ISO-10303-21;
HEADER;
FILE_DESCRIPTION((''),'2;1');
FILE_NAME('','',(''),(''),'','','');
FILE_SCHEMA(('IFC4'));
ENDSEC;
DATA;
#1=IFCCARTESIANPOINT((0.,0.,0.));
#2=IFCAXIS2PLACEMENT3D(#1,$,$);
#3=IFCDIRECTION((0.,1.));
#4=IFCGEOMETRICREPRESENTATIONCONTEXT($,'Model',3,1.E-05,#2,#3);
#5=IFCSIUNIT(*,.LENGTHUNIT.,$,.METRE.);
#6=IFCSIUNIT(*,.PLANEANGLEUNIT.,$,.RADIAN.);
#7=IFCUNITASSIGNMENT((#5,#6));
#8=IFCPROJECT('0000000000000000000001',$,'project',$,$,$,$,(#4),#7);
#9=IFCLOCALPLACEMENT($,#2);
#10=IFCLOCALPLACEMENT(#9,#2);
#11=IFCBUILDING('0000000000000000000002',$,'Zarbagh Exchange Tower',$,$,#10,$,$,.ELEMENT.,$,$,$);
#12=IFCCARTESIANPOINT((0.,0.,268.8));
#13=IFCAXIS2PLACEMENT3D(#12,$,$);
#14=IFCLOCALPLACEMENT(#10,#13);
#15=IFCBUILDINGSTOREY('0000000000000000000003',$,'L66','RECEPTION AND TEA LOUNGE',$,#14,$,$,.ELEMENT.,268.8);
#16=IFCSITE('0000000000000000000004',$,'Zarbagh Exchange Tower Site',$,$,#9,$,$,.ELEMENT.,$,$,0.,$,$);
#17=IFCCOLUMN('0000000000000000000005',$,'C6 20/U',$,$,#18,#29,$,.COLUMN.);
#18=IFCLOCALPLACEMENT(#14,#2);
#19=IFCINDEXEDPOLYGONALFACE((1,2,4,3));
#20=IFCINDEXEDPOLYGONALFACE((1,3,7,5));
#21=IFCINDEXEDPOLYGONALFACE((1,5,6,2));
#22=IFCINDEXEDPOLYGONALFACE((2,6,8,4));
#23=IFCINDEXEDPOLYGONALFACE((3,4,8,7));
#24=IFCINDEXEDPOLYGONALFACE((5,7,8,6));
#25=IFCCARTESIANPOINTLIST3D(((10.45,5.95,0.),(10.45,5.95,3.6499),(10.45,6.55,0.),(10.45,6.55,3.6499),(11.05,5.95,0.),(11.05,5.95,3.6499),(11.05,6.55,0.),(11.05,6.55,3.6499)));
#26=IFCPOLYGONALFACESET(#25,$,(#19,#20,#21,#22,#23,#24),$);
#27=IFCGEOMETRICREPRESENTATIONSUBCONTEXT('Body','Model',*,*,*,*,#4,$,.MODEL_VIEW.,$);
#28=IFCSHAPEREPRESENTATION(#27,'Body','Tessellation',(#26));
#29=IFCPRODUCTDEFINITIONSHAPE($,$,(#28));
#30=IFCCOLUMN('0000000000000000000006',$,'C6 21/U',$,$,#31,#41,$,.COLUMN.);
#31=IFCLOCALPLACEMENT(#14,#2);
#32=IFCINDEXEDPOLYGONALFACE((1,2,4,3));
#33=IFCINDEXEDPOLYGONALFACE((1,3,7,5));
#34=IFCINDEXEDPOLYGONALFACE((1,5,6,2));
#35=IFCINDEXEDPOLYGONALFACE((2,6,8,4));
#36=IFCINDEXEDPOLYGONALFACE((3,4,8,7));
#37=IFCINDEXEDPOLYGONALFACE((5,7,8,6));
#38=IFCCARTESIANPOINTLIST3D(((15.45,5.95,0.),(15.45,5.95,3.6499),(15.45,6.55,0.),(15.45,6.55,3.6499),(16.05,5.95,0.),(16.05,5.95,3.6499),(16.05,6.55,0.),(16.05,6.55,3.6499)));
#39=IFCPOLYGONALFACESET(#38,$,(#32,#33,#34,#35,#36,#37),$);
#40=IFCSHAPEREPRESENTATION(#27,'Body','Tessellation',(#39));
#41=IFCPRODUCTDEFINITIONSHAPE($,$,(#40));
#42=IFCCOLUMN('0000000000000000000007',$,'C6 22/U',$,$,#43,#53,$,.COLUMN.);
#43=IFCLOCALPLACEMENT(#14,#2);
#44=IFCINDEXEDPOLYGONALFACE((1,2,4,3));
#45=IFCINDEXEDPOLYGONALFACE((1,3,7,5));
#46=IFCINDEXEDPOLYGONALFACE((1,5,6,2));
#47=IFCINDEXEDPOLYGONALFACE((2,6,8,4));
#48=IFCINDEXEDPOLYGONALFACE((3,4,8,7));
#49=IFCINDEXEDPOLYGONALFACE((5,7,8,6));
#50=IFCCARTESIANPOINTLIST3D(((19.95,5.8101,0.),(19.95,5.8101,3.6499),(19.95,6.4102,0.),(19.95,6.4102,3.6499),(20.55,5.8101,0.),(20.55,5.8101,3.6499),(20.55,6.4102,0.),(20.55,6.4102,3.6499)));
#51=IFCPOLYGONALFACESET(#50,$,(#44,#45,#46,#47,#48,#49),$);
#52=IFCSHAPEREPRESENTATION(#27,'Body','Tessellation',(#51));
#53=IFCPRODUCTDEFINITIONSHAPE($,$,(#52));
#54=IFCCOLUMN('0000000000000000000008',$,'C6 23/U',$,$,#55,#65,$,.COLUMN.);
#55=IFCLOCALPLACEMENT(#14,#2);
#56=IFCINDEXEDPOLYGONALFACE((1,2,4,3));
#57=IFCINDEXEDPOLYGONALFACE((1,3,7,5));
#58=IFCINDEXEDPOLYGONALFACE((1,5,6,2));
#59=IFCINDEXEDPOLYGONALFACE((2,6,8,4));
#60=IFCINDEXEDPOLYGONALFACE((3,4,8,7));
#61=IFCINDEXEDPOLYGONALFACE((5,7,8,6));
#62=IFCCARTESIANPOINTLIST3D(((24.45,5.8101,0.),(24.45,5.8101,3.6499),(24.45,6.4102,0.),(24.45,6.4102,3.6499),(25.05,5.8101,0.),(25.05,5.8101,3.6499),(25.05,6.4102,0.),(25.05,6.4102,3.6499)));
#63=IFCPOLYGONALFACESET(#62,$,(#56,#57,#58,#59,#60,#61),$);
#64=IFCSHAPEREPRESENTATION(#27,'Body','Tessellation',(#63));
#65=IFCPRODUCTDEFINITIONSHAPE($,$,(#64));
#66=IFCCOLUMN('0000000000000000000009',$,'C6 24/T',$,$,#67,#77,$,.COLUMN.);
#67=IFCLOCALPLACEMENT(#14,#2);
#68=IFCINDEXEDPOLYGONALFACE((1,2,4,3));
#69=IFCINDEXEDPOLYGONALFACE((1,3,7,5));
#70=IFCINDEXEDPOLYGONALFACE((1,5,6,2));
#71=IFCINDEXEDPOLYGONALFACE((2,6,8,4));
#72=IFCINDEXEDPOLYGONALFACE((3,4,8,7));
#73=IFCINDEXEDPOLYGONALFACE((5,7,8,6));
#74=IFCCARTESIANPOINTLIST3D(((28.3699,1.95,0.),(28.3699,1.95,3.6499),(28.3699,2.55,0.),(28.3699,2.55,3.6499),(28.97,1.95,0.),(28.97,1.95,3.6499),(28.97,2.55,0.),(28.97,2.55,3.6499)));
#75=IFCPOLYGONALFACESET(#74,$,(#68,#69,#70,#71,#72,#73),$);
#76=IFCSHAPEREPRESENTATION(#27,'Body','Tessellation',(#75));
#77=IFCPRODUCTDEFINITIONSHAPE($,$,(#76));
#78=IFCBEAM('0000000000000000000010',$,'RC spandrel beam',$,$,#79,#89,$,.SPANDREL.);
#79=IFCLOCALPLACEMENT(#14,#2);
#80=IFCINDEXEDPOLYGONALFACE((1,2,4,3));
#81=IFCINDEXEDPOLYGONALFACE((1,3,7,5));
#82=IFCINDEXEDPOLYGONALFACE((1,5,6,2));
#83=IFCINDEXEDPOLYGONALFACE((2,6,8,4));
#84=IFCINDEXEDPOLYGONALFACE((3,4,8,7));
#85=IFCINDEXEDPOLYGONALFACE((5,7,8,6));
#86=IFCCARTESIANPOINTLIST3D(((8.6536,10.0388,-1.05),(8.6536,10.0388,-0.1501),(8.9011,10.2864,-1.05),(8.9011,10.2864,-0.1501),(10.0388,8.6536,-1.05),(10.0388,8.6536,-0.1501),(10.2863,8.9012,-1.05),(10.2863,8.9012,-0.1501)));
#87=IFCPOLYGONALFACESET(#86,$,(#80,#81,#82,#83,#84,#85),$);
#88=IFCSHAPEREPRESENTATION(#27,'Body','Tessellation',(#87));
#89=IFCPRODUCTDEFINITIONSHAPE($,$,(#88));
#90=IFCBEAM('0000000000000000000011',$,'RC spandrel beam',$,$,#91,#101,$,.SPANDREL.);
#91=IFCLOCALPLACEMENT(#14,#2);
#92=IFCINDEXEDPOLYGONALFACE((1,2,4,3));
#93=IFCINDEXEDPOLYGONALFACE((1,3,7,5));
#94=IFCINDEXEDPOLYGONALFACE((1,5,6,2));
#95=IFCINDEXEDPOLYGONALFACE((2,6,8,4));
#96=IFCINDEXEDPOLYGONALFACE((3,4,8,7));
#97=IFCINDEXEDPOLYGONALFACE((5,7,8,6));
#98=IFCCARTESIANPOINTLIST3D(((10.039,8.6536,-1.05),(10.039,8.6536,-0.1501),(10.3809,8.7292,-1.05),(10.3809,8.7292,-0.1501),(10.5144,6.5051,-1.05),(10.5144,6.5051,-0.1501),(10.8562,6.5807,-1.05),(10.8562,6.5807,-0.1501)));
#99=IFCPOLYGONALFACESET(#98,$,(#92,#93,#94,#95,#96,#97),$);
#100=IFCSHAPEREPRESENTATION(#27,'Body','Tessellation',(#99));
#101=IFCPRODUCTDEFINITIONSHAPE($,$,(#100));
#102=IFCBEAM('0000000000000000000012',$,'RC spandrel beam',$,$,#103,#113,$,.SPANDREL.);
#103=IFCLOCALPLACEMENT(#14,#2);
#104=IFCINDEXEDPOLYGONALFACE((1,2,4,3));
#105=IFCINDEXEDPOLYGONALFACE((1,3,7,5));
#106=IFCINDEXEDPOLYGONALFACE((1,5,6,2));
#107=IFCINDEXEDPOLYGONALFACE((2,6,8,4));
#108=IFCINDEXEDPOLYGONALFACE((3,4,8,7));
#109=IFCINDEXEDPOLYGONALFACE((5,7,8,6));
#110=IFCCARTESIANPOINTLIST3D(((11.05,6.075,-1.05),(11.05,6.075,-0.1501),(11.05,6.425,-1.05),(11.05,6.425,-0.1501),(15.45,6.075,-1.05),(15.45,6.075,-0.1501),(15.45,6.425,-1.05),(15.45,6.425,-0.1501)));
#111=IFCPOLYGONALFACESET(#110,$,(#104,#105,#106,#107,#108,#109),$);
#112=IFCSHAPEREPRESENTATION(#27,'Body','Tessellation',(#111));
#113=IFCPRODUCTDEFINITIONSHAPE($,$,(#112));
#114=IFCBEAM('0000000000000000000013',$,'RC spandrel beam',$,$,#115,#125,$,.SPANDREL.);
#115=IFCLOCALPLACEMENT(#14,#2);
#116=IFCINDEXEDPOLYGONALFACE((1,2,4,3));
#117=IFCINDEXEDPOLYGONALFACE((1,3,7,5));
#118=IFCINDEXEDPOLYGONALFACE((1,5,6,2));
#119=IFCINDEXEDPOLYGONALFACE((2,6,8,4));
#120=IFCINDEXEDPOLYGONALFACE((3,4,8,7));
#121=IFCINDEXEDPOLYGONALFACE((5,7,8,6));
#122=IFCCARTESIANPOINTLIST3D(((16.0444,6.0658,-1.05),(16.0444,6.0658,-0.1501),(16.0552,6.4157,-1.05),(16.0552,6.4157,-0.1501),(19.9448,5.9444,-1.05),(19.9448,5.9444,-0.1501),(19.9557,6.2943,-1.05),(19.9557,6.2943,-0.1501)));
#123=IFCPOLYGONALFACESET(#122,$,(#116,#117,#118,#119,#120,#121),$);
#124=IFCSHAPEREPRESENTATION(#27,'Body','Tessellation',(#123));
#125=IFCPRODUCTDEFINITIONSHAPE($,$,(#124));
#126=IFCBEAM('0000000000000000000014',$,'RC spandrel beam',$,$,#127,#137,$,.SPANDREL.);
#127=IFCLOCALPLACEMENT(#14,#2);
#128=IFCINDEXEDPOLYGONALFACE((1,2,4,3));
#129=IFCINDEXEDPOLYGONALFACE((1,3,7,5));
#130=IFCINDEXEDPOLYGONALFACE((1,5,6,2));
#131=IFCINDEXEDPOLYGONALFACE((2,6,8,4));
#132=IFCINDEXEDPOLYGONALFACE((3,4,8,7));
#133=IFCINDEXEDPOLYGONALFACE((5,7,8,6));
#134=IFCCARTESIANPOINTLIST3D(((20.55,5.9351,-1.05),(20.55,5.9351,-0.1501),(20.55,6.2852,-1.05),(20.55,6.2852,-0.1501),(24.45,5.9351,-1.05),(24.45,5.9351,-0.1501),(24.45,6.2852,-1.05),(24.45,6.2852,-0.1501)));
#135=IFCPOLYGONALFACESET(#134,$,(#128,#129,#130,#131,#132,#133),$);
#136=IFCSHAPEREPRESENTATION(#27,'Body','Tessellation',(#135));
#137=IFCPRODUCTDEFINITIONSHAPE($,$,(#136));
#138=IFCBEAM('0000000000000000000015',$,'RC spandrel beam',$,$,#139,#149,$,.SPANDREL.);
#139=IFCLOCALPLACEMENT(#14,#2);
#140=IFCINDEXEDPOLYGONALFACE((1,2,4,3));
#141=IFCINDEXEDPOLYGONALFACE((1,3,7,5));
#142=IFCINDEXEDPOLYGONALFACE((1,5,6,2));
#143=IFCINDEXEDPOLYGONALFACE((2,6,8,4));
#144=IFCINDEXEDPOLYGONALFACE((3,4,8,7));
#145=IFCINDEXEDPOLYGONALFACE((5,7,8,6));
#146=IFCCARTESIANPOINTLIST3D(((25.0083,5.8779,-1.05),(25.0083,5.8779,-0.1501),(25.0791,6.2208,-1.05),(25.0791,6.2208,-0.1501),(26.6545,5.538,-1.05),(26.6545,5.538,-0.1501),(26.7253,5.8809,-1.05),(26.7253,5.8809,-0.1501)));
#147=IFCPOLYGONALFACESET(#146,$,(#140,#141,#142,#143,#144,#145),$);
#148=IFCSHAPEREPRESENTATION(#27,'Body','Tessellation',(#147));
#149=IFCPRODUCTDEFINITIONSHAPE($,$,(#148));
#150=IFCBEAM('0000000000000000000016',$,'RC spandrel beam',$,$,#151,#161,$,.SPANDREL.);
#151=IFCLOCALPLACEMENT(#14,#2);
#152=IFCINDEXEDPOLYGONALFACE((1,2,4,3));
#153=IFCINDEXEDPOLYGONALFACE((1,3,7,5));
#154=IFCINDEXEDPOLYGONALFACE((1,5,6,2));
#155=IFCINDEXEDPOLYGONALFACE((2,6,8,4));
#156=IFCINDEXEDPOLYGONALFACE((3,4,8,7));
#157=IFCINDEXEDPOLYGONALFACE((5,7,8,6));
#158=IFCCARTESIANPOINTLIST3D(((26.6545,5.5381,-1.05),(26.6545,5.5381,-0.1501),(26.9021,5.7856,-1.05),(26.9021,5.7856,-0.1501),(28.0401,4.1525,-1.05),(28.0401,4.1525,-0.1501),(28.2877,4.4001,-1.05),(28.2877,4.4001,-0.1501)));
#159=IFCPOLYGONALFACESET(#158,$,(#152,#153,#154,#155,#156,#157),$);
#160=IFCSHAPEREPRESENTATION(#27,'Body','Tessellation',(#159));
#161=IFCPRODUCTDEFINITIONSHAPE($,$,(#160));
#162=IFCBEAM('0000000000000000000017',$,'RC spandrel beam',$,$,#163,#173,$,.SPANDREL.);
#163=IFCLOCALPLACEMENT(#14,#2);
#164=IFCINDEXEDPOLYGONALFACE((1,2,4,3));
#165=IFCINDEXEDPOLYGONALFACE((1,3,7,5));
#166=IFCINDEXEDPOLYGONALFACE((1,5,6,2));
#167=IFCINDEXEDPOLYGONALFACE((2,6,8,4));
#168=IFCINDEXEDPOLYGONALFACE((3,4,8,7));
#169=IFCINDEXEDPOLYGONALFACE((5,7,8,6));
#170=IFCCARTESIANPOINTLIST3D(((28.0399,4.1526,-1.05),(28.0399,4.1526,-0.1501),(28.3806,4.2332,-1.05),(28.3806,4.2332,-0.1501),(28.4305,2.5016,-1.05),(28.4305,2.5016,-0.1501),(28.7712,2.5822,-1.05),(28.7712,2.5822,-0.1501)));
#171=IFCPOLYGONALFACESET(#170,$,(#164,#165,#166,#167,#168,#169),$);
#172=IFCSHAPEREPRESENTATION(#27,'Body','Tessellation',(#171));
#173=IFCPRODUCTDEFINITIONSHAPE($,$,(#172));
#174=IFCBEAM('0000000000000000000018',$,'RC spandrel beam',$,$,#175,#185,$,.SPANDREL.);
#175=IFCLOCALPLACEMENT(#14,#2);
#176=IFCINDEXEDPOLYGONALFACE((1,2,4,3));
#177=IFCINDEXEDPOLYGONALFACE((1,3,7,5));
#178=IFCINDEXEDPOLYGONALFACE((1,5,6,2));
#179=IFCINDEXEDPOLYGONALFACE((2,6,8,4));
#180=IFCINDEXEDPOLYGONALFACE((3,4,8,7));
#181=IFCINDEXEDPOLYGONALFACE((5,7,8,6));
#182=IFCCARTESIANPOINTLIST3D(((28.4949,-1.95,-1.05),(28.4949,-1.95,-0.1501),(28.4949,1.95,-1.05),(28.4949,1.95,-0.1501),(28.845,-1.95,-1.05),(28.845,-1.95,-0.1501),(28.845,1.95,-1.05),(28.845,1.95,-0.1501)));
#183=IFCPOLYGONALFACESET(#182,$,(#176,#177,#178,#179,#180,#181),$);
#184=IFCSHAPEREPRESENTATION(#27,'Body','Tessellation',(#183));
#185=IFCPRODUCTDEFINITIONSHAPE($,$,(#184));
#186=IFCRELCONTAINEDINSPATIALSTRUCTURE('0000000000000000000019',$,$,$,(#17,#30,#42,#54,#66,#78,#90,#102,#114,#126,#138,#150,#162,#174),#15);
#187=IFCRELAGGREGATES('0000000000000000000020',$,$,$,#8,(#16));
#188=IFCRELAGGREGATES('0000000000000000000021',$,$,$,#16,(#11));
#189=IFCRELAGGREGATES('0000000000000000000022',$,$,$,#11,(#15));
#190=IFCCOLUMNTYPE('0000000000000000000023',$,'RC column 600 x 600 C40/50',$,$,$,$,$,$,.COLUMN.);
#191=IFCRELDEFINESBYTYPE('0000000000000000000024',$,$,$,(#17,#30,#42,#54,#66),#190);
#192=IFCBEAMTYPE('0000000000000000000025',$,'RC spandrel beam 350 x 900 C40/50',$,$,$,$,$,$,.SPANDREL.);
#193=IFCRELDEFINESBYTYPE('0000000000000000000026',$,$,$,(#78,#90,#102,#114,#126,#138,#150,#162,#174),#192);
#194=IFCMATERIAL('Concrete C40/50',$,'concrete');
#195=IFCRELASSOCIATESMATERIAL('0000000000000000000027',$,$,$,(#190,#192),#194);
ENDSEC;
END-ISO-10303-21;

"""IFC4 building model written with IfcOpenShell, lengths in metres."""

from ifc_helpers import new_model, si_unit, direction, frame, origin, origin_2d, place, context, subcontext, project, spatial, rectangle, extrude, material, material_profile, profile_set, type_object, element, save


model = new_model("IFC4")

# Units and contexts
model_context = context("Model", 3, precision=1e-05, world=origin(), true_north=direction((0.0, 1.0)))
body_context = subcontext(model_context, "Body", "Model", "MODEL_VIEW")
ifc_project = project(units=[si_unit("LENGTHUNIT", "METRE"), si_unit("PLANEANGLEUNIT", "RADIAN")], contexts=[model_context])

# Site, building, storey
site_placement = place(None, origin())
site = spatial("IfcSite", under=ifc_project, at=site_placement, Name="Zarbagh Exchange Tower Site", CompositionType="ELEMENT", RefElevation=0.0)
building_placement = place(site_placement, origin())
building = spatial("IfcBuilding", under=site, at=building_placement, Name="Zarbagh Exchange Tower", CompositionType="ELEMENT")
storey_placement = place(building_placement, frame((0.0, 0.0, 268.8)))
storey = spatial("IfcBuildingStorey", under=building, at=storey_placement, Name="L66", Description="RECEPTION AND TEA LOUNGE", CompositionType="ELEMENT", Elevation=268.8)

# Columns
ifc_material_1 = material(Name="Concrete C40/50", Category="concrete")
ifc_material_profile_1 = material_profile(ifc_material_1, rectangle(XDim=0.6001, YDim=0.6001, at=origin_2d()), Name="RC column 600 x 600 C40/50")
ifc_profile_set_1 = profile_set([ifc_material_profile_1], Name="Concrete C40/50")
column_type = type_object("IfcColumnType", Name="RC column 600 x 600 C40/50", PredefinedType="COLUMN", material=ifc_profile_set_1)
for number, where, z_axis, x_axis, name in (
    (1, (10.75, 6.25, 0.0), (0.0, 0.0, 1.0), (1.0, 0.0, 0.0), "C6 20/U"),
    (2, (15.75, 6.25, 0.0), (0.0, 0.0, 1.0), (1.0, 0.0, 0.0), "C6 21/U"),
    (3, (20.25, 6.1101, 0.0), (0.0, 0.0, 1.0), (1.0, 0.0, 0.0), "C6 22/U"),
    (4, (24.75, 6.1101, 0.0), (0.0, 0.0, 1.0), (1.0, 0.0, 0.0), "C6 23/U"),
    (5, (28.6699, 2.25, 0.0), (0.0, 0.0, 1.0), (1.0, 0.0, 0.0), "C6 24/T"),
):
    element("IfcColumn", number, at=place(storey_placement, frame(where, z_axis=z_axis, x_axis=x_axis)), inside=storey, type_object=column_type, Name=name, PredefinedType="COLUMN", context=body_context, shape_type="SweptSolid", body=[
        extrude(rectangle(XDim=0.6001, YDim=0.6001, at=origin_2d()), origin(), (0.0, 0.0, 1.0), 3.6499),
    ])

# Beams
ifc_material_profile_2 = material_profile(ifc_material_1, rectangle(XDim=0.3501, YDim=0.8999, at=origin_2d()), Name="RC spandrel beam 350 x 900 C40/50")
ifc_profile_set_2 = profile_set([ifc_material_profile_2], Name="Concrete C40/50")
beam_type = type_object("IfcBeamType", Name="RC spandrel beam 350 x 900 C40/50", PredefinedType="SPANDREL", material=ifc_profile_set_2)
beam_1_placement = place(storey_placement, frame((8.7773, 10.1626, -0.6001), z_axis=(0.707107, -0.707107, 0.0), x_axis=(0.707107, 0.707107, 0.0)))
element("IfcBeam", 6, at=beam_1_placement, inside=storey, type_object=beam_type, Name="RC spandrel beam", PredefinedType="SPANDREL", context=body_context, shape_type="SweptSolid", body=[
    extrude(rectangle(XDim=0.3501, YDim=0.8999, at=origin_2d()), origin(), (0.0, 0.0, 1.0), 1.959),
])
beam_2_placement = place(storey_placement, frame((10.21, 8.6914, -0.6001), z_axis=(0.216026, -0.976388, 0.0), x_axis=(0.976388, 0.216026, 0.0)))
element("IfcBeam", 7, at=beam_2_placement, inside=storey, type_object=beam_type, Name="RC spandrel beam", PredefinedType="SPANDREL", context=body_context, shape_type="SweptSolid", body=[
    extrude(rectangle(XDim=0.3501, YDim=0.8999, at=origin_2d()), origin(), (0.0, 0.0, 1.0), 2.2004),
])
beam_3_placement = place(storey_placement, frame((11.05, 6.25, -0.6001), z_axis=(1.0, 0.0, 0.0), x_axis=(0.0, 1.0, 0.0)))
element("IfcBeam", 8, at=beam_3_placement, inside=storey, type_object=beam_type, Name="RC spandrel beam", PredefinedType="SPANDREL", context=body_context, shape_type="SweptSolid", body=[
    extrude(rectangle(XDim=0.3501, YDim=0.8999, at=origin_2d()), origin(), (0.0, 0.0, 1.0), 4.3999),
])
beam_4_placement = place(storey_placement, frame((16.0498, 6.2407, -0.6001), z_axis=(0.999516, -0.031094, 0.0), x_axis=(0.031094, 0.999516, 0.0)))
element("IfcBeam", 9, at=beam_4_placement, inside=storey, type_object=beam_type, Name="RC spandrel beam", PredefinedType="SPANDREL", context=body_context, shape_type="SweptSolid", body=[
    extrude(rectangle(XDim=0.3501, YDim=0.8999, at=origin_2d()), origin(), (0.0, 0.0, 1.0), 3.9023),
])
beam_5_placement = place(storey_placement, frame((20.55, 6.1101, -0.6001), z_axis=(1.0, 0.0, 0.0), x_axis=(0.0, 1.0, 0.0)))
element("IfcBeam", 10, at=beam_5_placement, inside=storey, type_object=beam_type, Name="RC spandrel beam", PredefinedType="SPANDREL", context=body_context, shape_type="SweptSolid", body=[
    extrude(rectangle(XDim=0.3501, YDim=0.8999, at=origin_2d()), origin(), (0.0, 0.0, 1.0), 3.8999),
])
beam_6_placement = place(storey_placement, frame((25.0437, 6.0493, -0.6001), z_axis=(0.97935, -0.202173, 0.0), x_axis=(0.202173, 0.97935, 0.0)))
element("IfcBeam", 11, at=beam_6_placement, inside=storey, type_object=beam_type, Name="RC spandrel beam", PredefinedType="SPANDREL", context=body_context, shape_type="SweptSolid", body=[
    extrude(rectangle(XDim=0.3501, YDim=0.8999, at=origin_2d()), origin(), (0.0, 0.0, 1.0), 1.6809),
])
beam_7_placement = place(storey_placement, frame((26.7783, 5.6619, -0.6001), z_axis=(0.707107, -0.707107, 0.0), x_axis=(0.707107, 0.707107, 0.0)))
element("IfcBeam", 12, at=beam_7_placement, inside=storey, type_object=beam_type, Name="RC spandrel beam", PredefinedType="SPANDREL", context=body_context, shape_type="SweptSolid", body=[
    extrude(rectangle(XDim=0.3501, YDim=0.8999, at=origin_2d()), origin(), (0.0, 0.0, 1.0), 1.9595),
])
beam_8_placement = place(storey_placement, frame((28.2102, 4.1929, -0.6001), z_axis=(0.230258, -0.97313, 0.0), x_axis=(0.97313, 0.230258, 0.0)))
element("IfcBeam", 13, at=beam_8_placement, inside=storey, type_object=beam_type, Name="RC spandrel beam", PredefinedType="SPANDREL", context=body_context, shape_type="SweptSolid", body=[
    extrude(rectangle(XDim=0.3501, YDim=0.8999, at=origin_2d()), origin(), (0.0, 0.0, 1.0), 1.6965),
])
beam_9_placement = place(storey_placement, frame((28.6699, 1.95, -0.6001), z_axis=(0.0, -1.0, 0.0), x_axis=(1.0, 0.0, 0.0)))
element("IfcBeam", 14, at=beam_9_placement, inside=storey, type_object=beam_type, Name="RC spandrel beam", PredefinedType="SPANDREL", context=body_context, shape_type="SweptSolid", body=[
    extrude(rectangle(XDim=0.3501, YDim=0.8999, at=origin_2d()), origin(), (0.0, 0.0, 1.0), 3.8999),
])

save(model, "model.ifc")
